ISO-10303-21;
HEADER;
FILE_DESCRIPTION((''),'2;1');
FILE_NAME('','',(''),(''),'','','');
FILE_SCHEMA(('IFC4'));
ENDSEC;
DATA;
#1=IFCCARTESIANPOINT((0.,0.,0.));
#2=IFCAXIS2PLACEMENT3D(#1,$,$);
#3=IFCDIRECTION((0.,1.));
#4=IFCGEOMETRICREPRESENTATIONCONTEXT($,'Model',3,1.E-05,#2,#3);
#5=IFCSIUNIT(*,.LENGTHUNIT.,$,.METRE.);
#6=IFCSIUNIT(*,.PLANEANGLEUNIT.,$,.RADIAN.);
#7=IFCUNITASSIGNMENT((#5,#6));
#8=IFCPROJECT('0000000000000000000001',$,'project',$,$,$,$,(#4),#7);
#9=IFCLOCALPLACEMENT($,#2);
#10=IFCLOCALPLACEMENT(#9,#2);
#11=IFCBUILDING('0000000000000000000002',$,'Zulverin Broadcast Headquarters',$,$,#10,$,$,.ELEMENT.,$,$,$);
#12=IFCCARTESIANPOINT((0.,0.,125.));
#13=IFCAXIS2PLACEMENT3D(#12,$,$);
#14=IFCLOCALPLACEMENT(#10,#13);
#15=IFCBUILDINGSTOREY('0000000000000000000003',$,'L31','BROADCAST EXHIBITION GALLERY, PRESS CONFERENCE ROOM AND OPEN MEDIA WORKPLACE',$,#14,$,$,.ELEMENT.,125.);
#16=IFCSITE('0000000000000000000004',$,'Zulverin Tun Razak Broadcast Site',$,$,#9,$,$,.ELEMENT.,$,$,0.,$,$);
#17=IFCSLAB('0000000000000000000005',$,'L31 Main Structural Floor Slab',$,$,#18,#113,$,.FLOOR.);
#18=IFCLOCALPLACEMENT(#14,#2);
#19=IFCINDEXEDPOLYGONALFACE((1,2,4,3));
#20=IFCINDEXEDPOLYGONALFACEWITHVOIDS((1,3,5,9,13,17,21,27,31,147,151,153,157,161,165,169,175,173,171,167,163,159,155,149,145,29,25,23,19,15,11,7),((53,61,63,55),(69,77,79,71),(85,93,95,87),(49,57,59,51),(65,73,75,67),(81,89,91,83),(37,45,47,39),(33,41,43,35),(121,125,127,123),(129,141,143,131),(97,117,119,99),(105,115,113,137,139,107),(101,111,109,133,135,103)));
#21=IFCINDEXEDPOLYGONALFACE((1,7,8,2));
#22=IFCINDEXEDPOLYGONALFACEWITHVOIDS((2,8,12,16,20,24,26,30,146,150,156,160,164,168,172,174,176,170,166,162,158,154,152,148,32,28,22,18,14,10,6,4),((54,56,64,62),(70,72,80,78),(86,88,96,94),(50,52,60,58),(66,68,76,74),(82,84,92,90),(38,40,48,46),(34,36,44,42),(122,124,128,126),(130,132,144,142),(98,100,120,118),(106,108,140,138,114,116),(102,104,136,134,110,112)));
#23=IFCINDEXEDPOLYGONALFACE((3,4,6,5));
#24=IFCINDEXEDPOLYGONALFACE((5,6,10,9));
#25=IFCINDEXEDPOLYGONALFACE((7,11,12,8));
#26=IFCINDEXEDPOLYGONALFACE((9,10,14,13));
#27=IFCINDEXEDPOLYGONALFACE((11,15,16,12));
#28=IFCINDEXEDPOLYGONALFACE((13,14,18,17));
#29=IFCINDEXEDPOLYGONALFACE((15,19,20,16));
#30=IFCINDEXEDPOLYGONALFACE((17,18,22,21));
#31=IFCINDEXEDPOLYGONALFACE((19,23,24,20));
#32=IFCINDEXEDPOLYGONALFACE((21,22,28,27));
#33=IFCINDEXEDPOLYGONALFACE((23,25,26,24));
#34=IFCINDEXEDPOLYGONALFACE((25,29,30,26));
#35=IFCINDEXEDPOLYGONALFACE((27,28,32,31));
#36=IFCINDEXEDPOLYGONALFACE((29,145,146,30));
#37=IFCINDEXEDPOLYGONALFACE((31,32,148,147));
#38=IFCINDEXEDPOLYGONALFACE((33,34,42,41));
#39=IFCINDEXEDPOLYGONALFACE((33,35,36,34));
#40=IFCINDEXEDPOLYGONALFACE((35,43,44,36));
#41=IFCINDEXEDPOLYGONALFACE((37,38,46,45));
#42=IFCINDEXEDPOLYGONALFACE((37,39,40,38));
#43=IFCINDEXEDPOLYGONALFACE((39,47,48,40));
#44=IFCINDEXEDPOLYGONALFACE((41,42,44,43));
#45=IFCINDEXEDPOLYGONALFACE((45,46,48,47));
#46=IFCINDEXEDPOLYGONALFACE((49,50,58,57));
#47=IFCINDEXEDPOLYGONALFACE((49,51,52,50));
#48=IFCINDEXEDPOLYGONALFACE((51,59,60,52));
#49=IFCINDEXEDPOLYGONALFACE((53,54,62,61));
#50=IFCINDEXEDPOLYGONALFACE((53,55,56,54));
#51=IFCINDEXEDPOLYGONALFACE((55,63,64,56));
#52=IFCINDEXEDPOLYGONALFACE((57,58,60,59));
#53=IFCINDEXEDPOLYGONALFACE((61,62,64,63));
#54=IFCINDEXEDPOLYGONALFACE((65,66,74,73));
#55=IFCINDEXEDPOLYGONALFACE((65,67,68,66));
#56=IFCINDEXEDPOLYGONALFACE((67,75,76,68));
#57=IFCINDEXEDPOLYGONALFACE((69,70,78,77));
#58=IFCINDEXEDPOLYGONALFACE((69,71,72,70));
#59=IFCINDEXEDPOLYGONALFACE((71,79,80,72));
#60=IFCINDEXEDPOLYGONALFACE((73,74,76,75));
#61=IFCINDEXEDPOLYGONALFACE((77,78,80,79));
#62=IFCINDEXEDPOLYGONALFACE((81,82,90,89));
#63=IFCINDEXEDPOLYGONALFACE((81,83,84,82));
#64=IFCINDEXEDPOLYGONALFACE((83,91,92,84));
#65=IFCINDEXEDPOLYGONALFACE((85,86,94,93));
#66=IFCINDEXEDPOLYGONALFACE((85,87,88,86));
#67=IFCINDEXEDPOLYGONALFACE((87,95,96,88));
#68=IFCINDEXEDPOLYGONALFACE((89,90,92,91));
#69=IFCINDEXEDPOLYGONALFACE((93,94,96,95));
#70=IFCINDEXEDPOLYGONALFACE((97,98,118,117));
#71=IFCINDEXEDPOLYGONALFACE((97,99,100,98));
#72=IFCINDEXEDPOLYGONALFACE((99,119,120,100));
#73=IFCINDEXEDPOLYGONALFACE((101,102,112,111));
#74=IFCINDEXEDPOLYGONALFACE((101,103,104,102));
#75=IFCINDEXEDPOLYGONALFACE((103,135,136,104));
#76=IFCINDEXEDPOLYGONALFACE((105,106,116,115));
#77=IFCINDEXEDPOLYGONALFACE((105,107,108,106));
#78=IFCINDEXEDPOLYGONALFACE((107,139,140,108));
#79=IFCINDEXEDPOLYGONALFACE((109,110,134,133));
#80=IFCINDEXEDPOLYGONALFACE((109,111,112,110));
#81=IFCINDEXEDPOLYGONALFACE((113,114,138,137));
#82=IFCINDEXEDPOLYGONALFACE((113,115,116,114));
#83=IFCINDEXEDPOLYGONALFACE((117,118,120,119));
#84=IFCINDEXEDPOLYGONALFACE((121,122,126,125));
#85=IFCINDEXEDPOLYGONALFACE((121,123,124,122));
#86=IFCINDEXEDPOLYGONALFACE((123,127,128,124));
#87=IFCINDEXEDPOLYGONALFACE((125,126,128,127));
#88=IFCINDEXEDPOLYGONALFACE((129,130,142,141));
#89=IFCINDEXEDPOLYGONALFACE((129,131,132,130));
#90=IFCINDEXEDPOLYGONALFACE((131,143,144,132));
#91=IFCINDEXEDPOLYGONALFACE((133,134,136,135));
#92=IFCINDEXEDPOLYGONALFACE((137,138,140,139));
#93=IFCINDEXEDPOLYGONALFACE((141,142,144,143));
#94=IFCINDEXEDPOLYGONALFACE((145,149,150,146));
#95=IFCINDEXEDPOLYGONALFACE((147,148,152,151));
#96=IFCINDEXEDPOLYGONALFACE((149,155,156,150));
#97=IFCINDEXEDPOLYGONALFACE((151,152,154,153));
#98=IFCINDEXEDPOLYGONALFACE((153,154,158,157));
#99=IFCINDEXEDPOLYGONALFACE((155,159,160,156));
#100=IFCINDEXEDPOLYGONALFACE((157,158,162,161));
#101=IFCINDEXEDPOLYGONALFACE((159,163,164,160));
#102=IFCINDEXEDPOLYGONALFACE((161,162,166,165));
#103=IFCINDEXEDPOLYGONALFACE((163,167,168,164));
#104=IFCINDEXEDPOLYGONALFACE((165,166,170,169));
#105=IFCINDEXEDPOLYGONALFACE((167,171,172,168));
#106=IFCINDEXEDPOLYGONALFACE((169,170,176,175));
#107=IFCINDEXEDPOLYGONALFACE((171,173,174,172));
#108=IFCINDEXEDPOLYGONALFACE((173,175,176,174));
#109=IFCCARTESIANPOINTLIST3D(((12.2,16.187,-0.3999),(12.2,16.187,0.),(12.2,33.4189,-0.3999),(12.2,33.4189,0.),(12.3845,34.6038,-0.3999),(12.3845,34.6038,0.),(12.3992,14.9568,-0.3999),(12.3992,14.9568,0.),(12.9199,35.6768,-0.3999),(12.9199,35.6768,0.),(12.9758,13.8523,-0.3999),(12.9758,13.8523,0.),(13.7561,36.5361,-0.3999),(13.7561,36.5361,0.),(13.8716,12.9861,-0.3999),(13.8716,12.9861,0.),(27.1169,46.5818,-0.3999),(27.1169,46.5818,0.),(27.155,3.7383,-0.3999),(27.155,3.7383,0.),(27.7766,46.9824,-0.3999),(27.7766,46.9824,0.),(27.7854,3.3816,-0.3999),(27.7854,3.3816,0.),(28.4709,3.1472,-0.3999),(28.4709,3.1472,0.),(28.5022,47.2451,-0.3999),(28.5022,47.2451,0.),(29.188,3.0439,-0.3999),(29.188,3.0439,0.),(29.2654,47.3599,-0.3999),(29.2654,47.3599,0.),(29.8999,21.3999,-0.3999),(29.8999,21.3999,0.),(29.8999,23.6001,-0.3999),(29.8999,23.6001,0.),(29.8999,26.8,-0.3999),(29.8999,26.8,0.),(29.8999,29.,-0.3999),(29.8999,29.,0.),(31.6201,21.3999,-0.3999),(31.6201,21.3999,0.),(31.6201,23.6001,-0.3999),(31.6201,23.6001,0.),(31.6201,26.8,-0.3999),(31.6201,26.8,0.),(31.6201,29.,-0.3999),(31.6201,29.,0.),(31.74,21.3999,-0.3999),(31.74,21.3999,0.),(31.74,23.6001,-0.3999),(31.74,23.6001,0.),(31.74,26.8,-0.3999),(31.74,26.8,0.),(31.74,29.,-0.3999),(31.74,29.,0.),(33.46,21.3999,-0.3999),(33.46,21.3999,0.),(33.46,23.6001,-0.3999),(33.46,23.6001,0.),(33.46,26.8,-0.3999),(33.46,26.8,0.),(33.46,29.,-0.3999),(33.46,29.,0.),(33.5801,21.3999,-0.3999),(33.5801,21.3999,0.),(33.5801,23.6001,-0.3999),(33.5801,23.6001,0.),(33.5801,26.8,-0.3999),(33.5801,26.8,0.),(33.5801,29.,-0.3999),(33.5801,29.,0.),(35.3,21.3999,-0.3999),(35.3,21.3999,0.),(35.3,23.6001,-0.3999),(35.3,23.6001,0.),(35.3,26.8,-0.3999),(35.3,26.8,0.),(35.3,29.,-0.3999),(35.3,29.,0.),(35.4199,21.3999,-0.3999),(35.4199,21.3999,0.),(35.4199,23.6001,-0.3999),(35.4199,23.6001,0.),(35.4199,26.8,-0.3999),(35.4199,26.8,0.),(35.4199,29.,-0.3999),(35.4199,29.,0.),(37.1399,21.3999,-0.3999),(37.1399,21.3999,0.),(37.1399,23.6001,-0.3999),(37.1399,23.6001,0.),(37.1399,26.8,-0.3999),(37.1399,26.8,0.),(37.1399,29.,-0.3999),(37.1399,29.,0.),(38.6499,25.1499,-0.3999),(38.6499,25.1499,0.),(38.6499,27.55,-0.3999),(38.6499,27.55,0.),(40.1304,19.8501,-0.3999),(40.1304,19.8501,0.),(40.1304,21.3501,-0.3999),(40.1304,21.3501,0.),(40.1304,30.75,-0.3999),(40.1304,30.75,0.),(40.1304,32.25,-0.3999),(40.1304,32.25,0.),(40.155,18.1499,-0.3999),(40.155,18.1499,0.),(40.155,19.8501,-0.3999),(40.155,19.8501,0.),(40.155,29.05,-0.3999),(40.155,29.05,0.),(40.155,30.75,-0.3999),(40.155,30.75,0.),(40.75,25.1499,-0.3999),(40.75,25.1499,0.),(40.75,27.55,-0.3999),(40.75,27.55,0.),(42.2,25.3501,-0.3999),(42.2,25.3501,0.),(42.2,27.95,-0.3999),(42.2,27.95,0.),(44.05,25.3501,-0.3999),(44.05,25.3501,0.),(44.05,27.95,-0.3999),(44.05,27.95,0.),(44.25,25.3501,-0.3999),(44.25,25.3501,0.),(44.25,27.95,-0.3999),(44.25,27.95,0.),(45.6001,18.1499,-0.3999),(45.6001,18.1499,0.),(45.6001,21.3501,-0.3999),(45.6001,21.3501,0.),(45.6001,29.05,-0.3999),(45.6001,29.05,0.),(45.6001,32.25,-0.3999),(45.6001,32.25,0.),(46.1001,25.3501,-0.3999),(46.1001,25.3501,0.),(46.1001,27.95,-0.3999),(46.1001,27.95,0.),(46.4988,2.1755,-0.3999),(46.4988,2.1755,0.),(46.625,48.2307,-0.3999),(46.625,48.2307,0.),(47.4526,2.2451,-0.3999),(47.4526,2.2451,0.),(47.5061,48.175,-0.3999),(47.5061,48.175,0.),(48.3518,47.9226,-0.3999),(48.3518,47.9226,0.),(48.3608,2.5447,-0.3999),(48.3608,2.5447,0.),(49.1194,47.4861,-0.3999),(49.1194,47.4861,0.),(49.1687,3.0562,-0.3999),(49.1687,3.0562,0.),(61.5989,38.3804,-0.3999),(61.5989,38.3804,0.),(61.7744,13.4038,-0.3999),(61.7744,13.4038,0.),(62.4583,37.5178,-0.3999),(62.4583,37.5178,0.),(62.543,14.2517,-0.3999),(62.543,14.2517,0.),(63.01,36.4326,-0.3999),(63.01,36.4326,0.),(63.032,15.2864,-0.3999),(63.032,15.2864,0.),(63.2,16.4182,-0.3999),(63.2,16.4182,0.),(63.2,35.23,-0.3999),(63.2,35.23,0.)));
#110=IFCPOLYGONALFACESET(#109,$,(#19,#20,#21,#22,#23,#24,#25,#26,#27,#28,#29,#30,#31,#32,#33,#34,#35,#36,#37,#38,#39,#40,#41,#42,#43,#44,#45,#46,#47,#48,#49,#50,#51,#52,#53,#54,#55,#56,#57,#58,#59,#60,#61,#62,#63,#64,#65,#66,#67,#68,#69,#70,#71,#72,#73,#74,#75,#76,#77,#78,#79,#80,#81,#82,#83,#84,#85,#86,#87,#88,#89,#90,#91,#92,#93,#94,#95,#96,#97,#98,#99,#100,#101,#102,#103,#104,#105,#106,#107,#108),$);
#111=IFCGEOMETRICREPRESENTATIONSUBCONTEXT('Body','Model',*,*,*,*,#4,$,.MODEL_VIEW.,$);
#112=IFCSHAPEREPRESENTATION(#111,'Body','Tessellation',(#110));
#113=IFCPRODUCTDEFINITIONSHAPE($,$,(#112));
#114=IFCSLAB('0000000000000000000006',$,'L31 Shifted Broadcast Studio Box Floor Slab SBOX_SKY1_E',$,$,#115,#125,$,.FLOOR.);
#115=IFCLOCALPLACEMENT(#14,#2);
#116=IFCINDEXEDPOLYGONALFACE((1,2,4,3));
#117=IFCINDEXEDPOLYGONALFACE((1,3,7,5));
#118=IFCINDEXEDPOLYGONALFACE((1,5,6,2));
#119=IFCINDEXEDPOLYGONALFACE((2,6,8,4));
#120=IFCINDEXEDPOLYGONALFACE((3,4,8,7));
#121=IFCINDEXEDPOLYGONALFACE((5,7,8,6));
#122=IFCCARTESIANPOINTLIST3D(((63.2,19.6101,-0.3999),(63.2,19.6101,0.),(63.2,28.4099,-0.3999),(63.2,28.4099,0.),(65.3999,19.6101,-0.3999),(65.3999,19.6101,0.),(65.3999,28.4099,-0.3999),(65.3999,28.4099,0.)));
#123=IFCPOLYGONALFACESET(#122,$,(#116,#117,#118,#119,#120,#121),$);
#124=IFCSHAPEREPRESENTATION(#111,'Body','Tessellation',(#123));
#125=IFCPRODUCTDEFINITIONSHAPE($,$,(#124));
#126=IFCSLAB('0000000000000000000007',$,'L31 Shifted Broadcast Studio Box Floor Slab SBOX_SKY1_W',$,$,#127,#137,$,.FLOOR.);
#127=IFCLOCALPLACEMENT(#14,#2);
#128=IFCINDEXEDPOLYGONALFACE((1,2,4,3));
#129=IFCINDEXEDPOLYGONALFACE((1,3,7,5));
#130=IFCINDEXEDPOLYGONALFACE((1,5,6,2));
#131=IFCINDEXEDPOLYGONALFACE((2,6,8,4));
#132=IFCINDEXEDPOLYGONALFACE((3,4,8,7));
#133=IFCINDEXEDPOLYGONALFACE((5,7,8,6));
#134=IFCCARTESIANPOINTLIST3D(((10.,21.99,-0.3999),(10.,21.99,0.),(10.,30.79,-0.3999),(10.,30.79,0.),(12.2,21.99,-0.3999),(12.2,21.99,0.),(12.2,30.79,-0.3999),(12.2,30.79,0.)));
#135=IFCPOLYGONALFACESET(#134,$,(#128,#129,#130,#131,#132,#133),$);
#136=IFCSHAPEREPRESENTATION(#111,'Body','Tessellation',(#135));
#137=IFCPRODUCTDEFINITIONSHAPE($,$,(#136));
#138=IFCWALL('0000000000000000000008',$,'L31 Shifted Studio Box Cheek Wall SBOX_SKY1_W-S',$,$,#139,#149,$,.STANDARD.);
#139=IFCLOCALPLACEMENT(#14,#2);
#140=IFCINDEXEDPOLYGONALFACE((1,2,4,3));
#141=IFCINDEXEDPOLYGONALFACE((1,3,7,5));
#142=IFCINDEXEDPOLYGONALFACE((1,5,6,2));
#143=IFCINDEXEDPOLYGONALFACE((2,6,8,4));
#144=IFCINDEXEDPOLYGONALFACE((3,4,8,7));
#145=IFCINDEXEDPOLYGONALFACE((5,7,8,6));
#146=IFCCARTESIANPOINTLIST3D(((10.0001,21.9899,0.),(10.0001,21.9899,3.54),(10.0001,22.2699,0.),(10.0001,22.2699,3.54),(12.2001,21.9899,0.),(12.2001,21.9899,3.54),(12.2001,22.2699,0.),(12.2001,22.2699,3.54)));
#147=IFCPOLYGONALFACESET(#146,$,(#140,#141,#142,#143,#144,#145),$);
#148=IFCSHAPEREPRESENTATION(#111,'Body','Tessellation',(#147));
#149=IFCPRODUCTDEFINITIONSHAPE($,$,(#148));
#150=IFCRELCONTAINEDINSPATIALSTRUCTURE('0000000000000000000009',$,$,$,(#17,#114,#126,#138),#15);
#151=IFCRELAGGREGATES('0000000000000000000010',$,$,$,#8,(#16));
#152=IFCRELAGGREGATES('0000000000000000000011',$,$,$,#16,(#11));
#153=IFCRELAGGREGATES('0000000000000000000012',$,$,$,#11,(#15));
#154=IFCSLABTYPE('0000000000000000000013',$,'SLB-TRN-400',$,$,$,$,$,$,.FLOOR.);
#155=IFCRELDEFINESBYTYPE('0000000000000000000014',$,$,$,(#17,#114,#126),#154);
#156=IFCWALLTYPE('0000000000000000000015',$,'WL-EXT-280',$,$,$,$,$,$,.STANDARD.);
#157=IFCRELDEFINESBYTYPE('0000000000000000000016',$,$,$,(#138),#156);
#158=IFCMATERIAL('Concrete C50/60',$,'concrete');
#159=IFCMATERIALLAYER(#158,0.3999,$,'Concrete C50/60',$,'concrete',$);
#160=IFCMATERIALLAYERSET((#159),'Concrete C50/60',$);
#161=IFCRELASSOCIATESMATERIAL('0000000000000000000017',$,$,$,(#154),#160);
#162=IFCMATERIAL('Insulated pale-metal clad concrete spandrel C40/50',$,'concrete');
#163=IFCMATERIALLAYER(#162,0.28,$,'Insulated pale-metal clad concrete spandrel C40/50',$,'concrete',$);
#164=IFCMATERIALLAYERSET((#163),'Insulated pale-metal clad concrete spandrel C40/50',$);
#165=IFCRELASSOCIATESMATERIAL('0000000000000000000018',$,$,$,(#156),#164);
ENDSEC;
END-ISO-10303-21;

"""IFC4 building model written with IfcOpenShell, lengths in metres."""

from ifc_helpers import new_model, si_unit, direction, frame, frame_2d, origin, place, context, subcontext, project, spatial, polyline, rectangle, outline, extrude, material, layer, layer_set, type_object, element, save


model = new_model("IFC4")

# Units and contexts
model_context = context("Model", 3, precision=1e-05, world=origin(), true_north=direction((0.0, 1.0)))
body_context = subcontext(model_context, "Body", "Model", "MODEL_VIEW")
ifc_project = project(units=[si_unit("LENGTHUNIT", "METRE"), si_unit("PLANEANGLEUNIT", "RADIAN")], contexts=[model_context])

# Site, building, storey
site_placement = place(None, origin())
site = spatial("IfcSite", under=ifc_project, at=site_placement, Name="Zulverin Tun Razak Broadcast Site", CompositionType="ELEMENT", RefElevation=0.0)
building_placement = place(site_placement, origin())
building = spatial("IfcBuilding", under=site, at=building_placement, Name="Zulverin Broadcast Headquarters", CompositionType="ELEMENT")
storey_placement = place(building_placement, frame((0.0, 0.0, 125.0)))
storey = spatial("IfcBuildingStorey", under=building, at=storey_placement, Name="L31", Description="BROADCAST EXHIBITION GALLERY, PRESS CONFERENCE ROOM AND OPEN MEDIA WORKPLACE", CompositionType="ELEMENT", Elevation=125.0)

# Slabs
ifc_material_1 = material(Name="Concrete C50/60", Category="concrete")
ifc_layer_1 = layer(ifc_material_1, 0.3999, Name="Concrete C50/60", Category="concrete")
ifc_layer_set_1 = layer_set([ifc_layer_1], Name="Concrete C50/60")
slab_type_1 = type_object("IfcSlabType", Name="SLB-TRN-400", PredefinedType="FLOOR", material=ifc_layer_set_1)
slab_1_placement = place(storey_placement, frame((0.0, 0.0, -0.3999)))
element("IfcSlab", 1, at=slab_1_placement, inside=storey, type_object=slab_type_1, Name="L31 Main Structural Floor Slab", PredefinedType="FLOOR", context=body_context, shape_type="SweptSolid", body=[
    extrude(outline(polyline([(27.155, 3.7383), (27.7854, 3.3816), (28.4709, 3.1472), (29.188, 3.0439), (46.4988, 2.1755), (47.4526, 2.2451), (48.3608, 2.5447), (49.1687, 3.0562), (61.7744, 13.4038), (62.543, 14.2517), (63.032, 15.2864), (63.2, 16.4182), (63.2, 35.23), (63.01, 36.4326), (62.4583, 37.5178), (61.5989, 38.3804), (49.1194, 47.4861), (48.3518, 47.9226), (47.5061, 48.175), (46.625, 48.2307), (29.2654, 47.3599), (28.5022, 47.2451), (27.7766, 46.9824), (27.1169, 46.5818), (13.7561, 36.5361), (12.9199, 35.6768), (12.3845, 34.6038), (12.2, 33.4189), (12.2, 16.187), (12.3992, 14.9568), (12.9758, 13.8523), (13.8716, 12.9861), (27.155, 3.7383)]), holes=[polyline([(40.155, 30.75), (40.1304, 30.75), (40.1304, 32.25), (45.6001, 32.25), (45.6001, 29.05), (40.155, 29.05), (40.155, 30.75)]), polyline([(40.155, 19.8501), (40.1304, 19.8501), (40.1304, 21.3501), (45.6001, 21.3501), (45.6001, 18.1499), (40.155, 18.1499), (40.155, 19.8501)]), polyline([(29.8999, 21.3999), (31.6201, 21.3999), (31.6201, 23.6001), (29.8999, 23.6001), (29.8999, 21.3999)]), polyline([(31.74, 21.3999), (33.46, 21.3999), (33.46, 23.6001), (31.74, 23.6001), (31.74, 21.3999)]), polyline([(33.5801, 21.3999), (35.3, 21.3999), (35.3, 23.6001), (33.5801, 23.6001), (33.5801, 21.3999)]), polyline([(35.4199, 21.3999), (37.1399, 21.3999), (37.1399, 23.6001), (35.4199, 23.6001), (35.4199, 21.3999)]), polyline([(29.8999, 26.8), (31.6201, 26.8), (31.6201, 29.0), (29.8999, 29.0), (29.8999, 26.8)]), polyline([(31.74, 26.8), (33.46, 26.8), (33.46, 29.0), (31.74, 29.0), (31.74, 26.8)]), polyline([(33.5801, 26.8), (35.3, 26.8), (35.3, 29.0), (33.5801, 29.0), (33.5801, 26.8)]), polyline([(35.4199, 26.8), (37.1399, 26.8), (37.1399, 29.0), (35.4199, 29.0), (35.4199, 26.8)]), polyline([(42.2, 25.3501), (44.05, 25.3501), (44.05, 27.95), (42.2, 27.95), (42.2, 25.3501)]), polyline([(44.25, 25.3501), (46.1001, 25.3501), (46.1001, 27.95), (44.25, 27.95), (44.25, 25.3501)]), polyline([(38.6499, 25.1499), (40.75, 25.1499), (40.75, 27.55), (38.6499, 27.55), (38.6499, 25.1499)])]), origin(), (0.0, 0.0, 1.0), 0.3999),
])
slab_2_placement = place(storey_placement, frame((0.0, 0.0, -0.3999)))
element("IfcSlab", 2, at=slab_2_placement, inside=storey, type_object=slab_type_1, Name="L31 Shifted Broadcast Studio Box Floor Slab SBOX_SKY1_E", PredefinedType="FLOOR", context=body_context, shape_type="SweptSolid", body=[
    extrude(outline(polyline([(63.2, 19.6101), (65.3999, 19.6101), (65.3999, 28.4099), (63.2, 28.4099), (63.2, 19.6101)])), origin(), (0.0, 0.0, 1.0), 0.3999),
])
slab_3_placement = place(storey_placement, frame((0.0, 0.0, -0.3999)))
element("IfcSlab", 3, at=slab_3_placement, inside=storey, type_object=slab_type_1, Name="L31 Shifted Broadcast Studio Box Floor Slab SBOX_SKY1_W", PredefinedType="FLOOR", context=body_context, shape_type="SweptSolid", body=[
    extrude(outline(polyline([(10.0, 21.99), (12.2, 21.99), (12.2, 30.79), (10.0, 30.79), (10.0, 21.99)])), origin(), (0.0, 0.0, 1.0), 0.3999),
])

# Wall
ifc_material_2 = material(Name="Insulated pale-metal clad concrete spandrel C40/50", Category="concrete")
ifc_layer_2 = layer(ifc_material_2, 0.28, Name="Insulated pale-metal clad concrete spandrel C40/50", Category="concrete")
ifc_layer_set_2 = layer_set([ifc_layer_2], Name="Insulated pale-metal clad concrete spandrel C40/50")
wall_type = type_object("IfcWallType", Name="WL-EXT-280", PredefinedType="STANDARD", material=ifc_layer_set_2)
wall_placement = place(storey_placement, frame((10.0, 22.1299, 0.0), z_axis=(0.0, 0.0, 1.0), x_axis=(1.0, 0.0, 0.0)))
element("IfcWall", 4, at=wall_placement, inside=storey, type_object=wall_type, Name="L31 Shifted Studio Box Cheek Wall SBOX_SKY1_W-S", PredefinedType="STANDARD", context=body_context, shape_type="SweptSolid", body=[
    extrude(rectangle(XDim=2.2, YDim=0.28, at=frame_2d((1.1001, 0.0))), origin(), (0.0, 0.0, 1.0), 3.54),
])

save(model, "model.ifc")
